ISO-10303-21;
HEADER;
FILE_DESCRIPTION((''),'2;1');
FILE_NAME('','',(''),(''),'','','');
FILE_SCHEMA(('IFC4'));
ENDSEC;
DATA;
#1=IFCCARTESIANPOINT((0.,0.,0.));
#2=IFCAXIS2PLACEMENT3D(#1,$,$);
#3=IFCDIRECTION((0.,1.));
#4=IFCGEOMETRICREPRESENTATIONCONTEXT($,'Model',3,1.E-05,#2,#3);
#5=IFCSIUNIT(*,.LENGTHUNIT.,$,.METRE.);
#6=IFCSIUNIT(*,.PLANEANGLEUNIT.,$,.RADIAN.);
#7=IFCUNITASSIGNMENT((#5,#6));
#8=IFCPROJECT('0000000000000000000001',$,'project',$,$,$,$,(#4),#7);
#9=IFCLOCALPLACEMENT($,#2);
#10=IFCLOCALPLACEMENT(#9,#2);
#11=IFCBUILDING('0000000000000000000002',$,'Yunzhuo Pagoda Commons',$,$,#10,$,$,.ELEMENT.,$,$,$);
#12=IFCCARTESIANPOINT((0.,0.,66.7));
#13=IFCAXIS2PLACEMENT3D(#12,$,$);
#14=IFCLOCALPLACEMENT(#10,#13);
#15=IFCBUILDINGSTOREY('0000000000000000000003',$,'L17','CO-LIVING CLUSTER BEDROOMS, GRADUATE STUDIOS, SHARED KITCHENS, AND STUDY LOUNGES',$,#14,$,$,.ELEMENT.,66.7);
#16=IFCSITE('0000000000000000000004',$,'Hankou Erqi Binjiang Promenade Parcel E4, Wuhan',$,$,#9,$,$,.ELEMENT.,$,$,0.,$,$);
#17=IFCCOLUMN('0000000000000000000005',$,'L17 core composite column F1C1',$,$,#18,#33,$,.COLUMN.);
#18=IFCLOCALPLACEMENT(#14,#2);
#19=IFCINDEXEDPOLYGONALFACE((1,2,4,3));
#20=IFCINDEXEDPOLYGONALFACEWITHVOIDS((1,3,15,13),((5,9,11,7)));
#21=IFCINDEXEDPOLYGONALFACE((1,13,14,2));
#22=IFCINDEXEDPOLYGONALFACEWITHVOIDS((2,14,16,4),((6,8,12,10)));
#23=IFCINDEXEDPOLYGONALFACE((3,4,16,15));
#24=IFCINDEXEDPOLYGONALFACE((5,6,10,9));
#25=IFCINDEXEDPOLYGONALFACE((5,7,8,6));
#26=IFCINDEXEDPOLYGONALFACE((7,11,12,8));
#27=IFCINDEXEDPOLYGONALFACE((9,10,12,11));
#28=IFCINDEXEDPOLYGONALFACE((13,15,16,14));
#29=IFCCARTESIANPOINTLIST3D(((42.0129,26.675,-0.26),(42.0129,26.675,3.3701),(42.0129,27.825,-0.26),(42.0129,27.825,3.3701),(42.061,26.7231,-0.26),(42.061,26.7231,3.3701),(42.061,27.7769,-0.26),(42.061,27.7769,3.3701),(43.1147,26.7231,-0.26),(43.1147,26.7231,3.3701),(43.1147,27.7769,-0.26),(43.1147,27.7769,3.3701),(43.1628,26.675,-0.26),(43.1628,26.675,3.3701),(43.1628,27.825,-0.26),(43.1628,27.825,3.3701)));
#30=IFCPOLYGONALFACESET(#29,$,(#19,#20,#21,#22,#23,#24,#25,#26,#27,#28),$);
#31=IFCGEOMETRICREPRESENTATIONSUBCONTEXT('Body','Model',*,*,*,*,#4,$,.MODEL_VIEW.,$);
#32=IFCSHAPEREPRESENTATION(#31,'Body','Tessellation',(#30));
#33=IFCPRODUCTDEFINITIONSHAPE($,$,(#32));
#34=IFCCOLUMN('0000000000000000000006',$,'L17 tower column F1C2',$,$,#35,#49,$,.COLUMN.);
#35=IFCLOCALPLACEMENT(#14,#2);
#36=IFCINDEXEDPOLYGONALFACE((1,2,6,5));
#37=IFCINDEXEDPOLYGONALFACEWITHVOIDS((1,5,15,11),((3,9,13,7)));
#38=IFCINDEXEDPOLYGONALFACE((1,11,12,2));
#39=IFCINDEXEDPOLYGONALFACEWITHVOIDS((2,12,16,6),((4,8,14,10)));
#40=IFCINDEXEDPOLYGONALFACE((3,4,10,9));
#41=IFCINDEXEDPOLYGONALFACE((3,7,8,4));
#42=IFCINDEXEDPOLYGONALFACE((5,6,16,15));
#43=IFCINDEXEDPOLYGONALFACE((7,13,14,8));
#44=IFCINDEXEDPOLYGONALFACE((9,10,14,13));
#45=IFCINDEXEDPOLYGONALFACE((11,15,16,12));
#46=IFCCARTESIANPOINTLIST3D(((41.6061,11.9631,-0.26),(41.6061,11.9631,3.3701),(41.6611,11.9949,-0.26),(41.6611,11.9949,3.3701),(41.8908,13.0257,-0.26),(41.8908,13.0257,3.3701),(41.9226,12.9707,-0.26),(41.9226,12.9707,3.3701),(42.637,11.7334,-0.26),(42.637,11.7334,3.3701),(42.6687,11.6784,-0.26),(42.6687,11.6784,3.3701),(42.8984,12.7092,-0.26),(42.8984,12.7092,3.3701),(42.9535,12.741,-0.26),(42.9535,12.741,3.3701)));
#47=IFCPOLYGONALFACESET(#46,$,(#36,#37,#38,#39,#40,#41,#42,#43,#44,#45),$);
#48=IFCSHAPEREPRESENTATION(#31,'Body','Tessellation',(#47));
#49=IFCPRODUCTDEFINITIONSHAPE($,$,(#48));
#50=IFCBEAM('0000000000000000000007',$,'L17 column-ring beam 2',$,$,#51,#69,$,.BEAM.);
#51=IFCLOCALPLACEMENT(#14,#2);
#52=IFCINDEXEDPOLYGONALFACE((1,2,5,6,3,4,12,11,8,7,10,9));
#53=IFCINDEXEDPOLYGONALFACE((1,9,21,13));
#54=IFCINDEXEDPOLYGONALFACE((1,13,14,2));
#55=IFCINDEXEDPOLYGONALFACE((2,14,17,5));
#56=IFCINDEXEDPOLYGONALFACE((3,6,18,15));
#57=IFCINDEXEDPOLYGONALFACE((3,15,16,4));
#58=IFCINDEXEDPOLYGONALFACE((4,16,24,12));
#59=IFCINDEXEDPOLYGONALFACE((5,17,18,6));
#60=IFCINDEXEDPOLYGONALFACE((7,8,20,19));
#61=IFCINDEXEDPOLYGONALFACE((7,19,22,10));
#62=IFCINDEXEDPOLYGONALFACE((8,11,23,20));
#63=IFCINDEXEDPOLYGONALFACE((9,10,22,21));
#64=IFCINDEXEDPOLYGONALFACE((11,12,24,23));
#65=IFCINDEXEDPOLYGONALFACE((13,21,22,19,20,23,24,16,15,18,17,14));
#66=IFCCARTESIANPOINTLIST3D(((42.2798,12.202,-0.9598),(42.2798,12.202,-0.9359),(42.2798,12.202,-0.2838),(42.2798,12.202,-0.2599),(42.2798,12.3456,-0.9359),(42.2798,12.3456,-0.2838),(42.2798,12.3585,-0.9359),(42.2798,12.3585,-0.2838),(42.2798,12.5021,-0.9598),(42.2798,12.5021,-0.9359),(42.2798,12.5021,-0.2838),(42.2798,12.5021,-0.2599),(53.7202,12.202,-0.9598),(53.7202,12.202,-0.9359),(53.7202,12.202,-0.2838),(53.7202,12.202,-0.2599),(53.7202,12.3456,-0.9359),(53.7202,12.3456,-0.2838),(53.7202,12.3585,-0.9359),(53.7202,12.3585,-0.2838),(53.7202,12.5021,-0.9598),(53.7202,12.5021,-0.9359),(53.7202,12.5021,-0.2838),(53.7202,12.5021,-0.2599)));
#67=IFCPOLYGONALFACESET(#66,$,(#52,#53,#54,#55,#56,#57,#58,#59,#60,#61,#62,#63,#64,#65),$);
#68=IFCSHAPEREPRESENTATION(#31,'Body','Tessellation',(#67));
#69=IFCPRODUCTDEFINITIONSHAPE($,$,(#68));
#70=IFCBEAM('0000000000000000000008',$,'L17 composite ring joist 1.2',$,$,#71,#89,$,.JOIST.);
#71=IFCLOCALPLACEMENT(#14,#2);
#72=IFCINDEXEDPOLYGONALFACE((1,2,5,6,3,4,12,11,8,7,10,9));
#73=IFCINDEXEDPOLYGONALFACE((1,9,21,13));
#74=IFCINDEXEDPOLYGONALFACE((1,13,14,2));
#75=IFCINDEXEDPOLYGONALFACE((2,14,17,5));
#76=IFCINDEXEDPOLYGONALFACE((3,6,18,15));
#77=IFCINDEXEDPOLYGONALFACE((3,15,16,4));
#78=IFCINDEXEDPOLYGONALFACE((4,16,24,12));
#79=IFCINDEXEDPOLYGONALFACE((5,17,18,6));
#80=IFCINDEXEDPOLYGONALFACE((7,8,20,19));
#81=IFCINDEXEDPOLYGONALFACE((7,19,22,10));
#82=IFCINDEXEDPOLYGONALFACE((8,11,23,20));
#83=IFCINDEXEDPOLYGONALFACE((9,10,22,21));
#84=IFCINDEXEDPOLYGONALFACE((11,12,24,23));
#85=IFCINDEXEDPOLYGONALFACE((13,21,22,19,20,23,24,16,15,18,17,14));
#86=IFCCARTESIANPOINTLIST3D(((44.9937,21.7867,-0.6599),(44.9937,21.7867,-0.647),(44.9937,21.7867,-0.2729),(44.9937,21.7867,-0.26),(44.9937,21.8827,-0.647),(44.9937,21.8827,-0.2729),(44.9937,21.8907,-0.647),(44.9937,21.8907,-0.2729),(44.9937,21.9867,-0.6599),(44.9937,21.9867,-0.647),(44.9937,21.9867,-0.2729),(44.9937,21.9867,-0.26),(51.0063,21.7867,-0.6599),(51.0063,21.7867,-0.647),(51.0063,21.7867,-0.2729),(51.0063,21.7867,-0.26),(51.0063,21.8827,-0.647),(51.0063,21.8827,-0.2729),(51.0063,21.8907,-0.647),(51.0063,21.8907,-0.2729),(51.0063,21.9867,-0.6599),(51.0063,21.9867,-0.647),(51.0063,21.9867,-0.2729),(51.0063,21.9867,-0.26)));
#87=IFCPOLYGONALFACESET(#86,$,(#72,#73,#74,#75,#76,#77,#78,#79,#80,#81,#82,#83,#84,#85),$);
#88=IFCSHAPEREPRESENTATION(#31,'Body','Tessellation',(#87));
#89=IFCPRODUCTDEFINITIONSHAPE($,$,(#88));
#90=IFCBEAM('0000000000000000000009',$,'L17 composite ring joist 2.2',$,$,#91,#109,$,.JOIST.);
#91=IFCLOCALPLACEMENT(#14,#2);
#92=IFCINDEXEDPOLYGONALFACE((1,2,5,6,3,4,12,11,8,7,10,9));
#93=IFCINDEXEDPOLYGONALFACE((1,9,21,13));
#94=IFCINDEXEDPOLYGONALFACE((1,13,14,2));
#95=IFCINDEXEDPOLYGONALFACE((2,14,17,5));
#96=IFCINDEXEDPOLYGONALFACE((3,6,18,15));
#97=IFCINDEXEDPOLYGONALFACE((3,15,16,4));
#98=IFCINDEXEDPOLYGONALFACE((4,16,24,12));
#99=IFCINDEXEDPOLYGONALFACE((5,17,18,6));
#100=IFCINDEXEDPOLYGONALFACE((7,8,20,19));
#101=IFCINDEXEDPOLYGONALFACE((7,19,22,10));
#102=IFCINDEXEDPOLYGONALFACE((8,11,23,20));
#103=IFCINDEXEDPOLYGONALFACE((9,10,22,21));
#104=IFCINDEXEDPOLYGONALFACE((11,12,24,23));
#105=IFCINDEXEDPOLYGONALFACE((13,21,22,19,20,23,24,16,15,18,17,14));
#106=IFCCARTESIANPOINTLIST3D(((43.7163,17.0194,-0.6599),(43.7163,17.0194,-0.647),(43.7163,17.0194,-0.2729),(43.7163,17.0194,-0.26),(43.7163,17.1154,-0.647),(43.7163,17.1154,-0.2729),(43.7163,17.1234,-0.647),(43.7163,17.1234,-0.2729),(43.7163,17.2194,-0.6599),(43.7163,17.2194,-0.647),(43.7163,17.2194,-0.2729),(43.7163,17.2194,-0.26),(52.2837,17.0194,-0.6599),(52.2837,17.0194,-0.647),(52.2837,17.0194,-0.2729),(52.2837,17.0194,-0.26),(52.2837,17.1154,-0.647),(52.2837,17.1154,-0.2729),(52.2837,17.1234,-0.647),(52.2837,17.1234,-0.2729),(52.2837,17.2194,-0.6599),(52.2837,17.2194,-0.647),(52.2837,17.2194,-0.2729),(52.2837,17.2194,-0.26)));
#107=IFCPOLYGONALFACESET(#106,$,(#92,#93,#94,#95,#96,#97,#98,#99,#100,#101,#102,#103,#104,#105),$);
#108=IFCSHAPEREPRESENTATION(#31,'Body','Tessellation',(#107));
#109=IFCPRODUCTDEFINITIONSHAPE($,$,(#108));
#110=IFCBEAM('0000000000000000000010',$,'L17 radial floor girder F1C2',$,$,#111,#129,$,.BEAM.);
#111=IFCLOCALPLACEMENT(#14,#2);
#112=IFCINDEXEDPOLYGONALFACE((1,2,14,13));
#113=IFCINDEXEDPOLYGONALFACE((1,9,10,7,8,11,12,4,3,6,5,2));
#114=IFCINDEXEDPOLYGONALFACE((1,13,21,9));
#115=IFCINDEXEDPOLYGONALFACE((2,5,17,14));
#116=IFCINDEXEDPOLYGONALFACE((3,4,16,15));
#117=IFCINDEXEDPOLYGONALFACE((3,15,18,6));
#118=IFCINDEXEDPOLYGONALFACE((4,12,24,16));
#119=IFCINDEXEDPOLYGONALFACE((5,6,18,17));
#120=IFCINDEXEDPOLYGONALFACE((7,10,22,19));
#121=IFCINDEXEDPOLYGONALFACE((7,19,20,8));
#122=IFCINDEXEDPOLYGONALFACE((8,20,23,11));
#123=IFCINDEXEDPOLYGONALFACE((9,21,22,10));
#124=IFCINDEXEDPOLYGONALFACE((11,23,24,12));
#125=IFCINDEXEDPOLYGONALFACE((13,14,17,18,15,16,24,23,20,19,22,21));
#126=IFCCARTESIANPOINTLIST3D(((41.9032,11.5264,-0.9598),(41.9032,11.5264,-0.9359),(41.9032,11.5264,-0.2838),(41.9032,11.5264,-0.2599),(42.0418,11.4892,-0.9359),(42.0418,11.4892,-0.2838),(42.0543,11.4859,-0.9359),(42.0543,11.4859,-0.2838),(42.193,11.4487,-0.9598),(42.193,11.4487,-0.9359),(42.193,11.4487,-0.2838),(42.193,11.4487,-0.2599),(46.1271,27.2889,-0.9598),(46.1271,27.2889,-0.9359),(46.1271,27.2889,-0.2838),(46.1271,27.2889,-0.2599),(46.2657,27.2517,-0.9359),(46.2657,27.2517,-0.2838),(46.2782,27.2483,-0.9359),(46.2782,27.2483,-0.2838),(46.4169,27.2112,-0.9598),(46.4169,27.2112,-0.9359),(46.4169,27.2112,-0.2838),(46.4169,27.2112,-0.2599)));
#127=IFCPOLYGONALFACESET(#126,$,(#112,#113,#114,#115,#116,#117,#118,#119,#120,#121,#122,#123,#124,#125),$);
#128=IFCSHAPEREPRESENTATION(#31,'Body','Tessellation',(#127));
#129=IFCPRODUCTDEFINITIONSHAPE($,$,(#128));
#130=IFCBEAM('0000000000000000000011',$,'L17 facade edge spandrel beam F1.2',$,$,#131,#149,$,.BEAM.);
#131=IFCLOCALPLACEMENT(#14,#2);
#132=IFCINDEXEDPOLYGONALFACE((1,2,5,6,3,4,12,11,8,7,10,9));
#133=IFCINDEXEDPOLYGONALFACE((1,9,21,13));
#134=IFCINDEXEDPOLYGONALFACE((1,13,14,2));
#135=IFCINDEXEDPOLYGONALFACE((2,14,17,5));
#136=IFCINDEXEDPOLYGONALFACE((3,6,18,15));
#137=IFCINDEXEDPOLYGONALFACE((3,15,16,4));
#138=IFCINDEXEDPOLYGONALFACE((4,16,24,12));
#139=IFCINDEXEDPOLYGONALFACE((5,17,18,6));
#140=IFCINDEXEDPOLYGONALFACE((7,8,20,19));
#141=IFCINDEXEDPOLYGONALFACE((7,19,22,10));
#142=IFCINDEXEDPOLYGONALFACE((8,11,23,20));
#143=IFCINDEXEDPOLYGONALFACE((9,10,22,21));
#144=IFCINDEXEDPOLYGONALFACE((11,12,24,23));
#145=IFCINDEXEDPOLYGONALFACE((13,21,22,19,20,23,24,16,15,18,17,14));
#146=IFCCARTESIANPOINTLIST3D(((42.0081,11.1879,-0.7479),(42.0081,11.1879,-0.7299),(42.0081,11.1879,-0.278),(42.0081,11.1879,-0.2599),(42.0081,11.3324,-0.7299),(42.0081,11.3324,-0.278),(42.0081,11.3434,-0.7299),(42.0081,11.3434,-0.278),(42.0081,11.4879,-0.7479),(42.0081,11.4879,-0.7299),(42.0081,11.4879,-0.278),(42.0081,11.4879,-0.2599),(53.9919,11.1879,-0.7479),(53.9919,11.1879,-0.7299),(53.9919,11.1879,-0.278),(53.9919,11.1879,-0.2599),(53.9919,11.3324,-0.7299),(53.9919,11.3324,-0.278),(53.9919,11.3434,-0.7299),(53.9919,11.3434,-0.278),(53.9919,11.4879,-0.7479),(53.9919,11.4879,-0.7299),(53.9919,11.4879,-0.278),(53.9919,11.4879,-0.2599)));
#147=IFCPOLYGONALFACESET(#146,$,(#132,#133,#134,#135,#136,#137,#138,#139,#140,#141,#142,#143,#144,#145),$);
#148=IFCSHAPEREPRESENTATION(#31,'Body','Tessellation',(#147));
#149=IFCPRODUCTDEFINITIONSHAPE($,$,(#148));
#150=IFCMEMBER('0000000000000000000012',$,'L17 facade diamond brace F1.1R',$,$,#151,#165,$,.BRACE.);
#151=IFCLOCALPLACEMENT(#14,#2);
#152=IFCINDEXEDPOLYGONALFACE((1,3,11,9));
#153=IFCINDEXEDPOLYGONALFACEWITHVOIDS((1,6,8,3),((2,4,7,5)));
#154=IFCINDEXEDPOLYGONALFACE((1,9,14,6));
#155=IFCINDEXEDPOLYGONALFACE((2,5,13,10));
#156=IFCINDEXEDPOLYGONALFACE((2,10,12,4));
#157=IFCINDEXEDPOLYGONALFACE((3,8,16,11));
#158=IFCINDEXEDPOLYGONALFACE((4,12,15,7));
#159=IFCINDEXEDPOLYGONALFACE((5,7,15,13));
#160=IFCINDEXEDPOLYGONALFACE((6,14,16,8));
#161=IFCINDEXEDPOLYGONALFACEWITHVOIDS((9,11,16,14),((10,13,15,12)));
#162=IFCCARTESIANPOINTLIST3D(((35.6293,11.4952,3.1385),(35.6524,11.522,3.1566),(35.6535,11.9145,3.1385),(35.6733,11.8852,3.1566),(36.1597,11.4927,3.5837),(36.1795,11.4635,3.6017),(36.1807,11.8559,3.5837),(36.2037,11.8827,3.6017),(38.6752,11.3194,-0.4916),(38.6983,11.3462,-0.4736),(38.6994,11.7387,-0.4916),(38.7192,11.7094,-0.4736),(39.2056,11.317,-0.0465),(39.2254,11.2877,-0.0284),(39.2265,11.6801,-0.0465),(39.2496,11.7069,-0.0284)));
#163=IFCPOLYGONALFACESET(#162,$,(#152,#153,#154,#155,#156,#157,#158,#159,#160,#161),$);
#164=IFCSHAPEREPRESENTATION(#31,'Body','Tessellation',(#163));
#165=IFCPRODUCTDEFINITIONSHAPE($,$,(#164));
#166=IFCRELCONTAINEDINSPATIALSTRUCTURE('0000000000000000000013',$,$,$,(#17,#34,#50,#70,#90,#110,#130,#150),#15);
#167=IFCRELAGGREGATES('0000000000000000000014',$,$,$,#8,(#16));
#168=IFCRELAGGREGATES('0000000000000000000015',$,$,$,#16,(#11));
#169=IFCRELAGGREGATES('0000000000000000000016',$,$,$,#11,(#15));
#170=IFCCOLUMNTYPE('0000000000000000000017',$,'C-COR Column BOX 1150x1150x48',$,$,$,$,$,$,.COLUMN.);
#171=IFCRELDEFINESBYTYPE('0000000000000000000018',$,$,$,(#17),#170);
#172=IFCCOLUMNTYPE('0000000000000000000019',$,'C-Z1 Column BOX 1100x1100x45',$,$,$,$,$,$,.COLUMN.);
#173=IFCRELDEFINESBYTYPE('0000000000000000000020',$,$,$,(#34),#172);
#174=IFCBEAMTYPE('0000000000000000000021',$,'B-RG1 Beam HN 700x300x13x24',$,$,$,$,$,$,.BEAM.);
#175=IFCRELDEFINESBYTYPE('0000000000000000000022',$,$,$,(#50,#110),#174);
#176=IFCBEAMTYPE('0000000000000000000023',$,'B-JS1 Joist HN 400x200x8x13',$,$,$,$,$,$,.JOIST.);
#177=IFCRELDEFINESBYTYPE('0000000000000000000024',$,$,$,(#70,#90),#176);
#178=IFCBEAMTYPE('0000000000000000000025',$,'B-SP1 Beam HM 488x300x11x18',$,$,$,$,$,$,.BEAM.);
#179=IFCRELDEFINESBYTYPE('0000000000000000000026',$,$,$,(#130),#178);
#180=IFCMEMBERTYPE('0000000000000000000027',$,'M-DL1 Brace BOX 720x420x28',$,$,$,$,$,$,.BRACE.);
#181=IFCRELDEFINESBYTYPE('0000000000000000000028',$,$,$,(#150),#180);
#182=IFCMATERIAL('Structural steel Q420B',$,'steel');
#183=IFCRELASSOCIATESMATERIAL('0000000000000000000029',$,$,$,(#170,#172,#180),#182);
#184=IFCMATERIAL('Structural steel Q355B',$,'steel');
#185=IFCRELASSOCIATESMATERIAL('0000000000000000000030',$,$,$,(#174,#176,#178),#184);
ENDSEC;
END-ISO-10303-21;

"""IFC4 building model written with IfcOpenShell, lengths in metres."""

from ifc_helpers import new_model, si_unit, direction, frame, origin, origin_2d, place, context, subcontext, project, spatial, hollow_rectangle, i_section, extrude, source, transform, mapped, material, material_profile, profile_set, type_object, element, save


model = new_model("IFC4")

# Units and contexts
model_context = context("Model", 3, precision=1e-05, world=origin(), true_north=direction((0.0, 1.0)))
body_context = subcontext(model_context, "Body", "Model", "MODEL_VIEW")
ifc_project = project(units=[si_unit("LENGTHUNIT", "METRE"), si_unit("PLANEANGLEUNIT", "RADIAN")], contexts=[model_context])

# Site, building, storey
site_placement = place(None, origin())
site = spatial("IfcSite", under=ifc_project, at=site_placement, Name="Hankou Erqi Binjiang Promenade Parcel E4, Wuhan", CompositionType="ELEMENT", RefElevation=0.0)
building_placement = place(site_placement, origin())
building = spatial("IfcBuilding", under=site, at=building_placement, Name="Yunzhuo Pagoda Commons", CompositionType="ELEMENT")
storey_placement = place(building_placement, frame((0.0, 0.0, 66.7)))
storey = spatial("IfcBuildingStorey", under=building, at=storey_placement, Name="L17", Description="CO-LIVING CLUSTER BEDROOMS, GRADUATE STUDIOS, SHARED KITCHENS, AND STUDY LOUNGES", CompositionType="ELEMENT", Elevation=66.7)

# Columns
ifc_material_1 = material(Name="Structural steel Q420B", Category="steel")
ifc_material_profile_1 = material_profile(ifc_material_1, hollow_rectangle(XDim=1.1499, YDim=1.1499, WallThickness=0.0481, at=origin_2d()), Name="Structural steel Q420B")
ifc_profile_set_1 = profile_set([ifc_material_profile_1], Name="Structural steel Q420B")
column_type_1 = type_object("IfcColumnType", Name="C-COR Column BOX 1150x1150x48", PredefinedType="COLUMN", material=ifc_profile_set_1)
shared_shape_1 = source(origin(), body_context, "Body", "SweptSolid", [
    extrude(hollow_rectangle(XDim=1.1499, YDim=1.1499, WallThickness=0.0481, at=origin_2d()), origin(), (0.0, 0.0, 1.0), 3.6301),
])
column_1_placement = place(storey_placement, frame((42.5879, 27.25, -0.26), z_axis=(0.0, 0.0, 1.0), x_axis=(1.0, 0.0, 0.0)))
element("IfcColumn", 1, at=column_1_placement, inside=storey, type_object=column_type_1, Name="L17 core composite column F1C1", PredefinedType="COLUMN", context=body_context, shape_type="MappedRepresentation", body=[
    mapped(shared_shape_1, transform((0.0, 0.0, 0.0), scale=1.0)),
])
ifc_material_profile_2 = material_profile(ifc_material_1, hollow_rectangle(XDim=1.1001, YDim=1.1001, WallThickness=0.0449, at=origin_2d()), Name="Structural steel Q420B")
ifc_profile_set_2 = profile_set([ifc_material_profile_2], Name="Structural steel Q420B")
column_type_2 = type_object("IfcColumnType", Name="C-Z1 Column BOX 1100x1100x45", PredefinedType="COLUMN", material=ifc_profile_set_2)
shared_shape_2 = source(origin(), body_context, "Body", "SweptSolid", [
    extrude(hollow_rectangle(XDim=1.1001, YDim=1.1001, WallThickness=0.0449, at=origin_2d()), origin(), (0.0, 0.0, 1.0), 3.6301),
])
column_2_placement = place(storey_placement, frame((42.2798, 12.3521, -0.26), z_axis=(0.0, 0.0, 1.0), x_axis=(0.965926, -0.258819, 0.0)))
element("IfcColumn", 2, at=column_2_placement, inside=storey, type_object=column_type_2, Name="L17 tower column F1C2", PredefinedType="COLUMN", context=body_context, shape_type="MappedRepresentation", body=[
    mapped(shared_shape_2, transform((0.0, 0.0, 0.0), scale=1.0)),
])

# Beams
ifc_material_2 = material(Name="Structural steel Q355B", Category="steel")
ifc_material_profile_3 = material_profile(ifc_material_2, i_section(OverallWidth=0.3, OverallDepth=0.7, WebThickness=0.0129, FlangeThickness=0.0239, at=origin_2d()), Name="Structural steel Q355B")
ifc_profile_set_3 = profile_set([ifc_material_profile_3], Name="Structural steel Q355B")
beam_type_1 = type_object("IfcBeamType", Name="B-RG1 Beam HN 700x300x13x24", PredefinedType="BEAM", material=ifc_profile_set_3)
shared_shape_3 = source(origin(), body_context, "Body", "SweptSolid", [
    extrude(i_section(OverallWidth=0.3, OverallDepth=0.7, WebThickness=0.0129, FlangeThickness=0.0239, at=origin_2d()), origin(), (0.0, 0.0, 1.0), 11.4404),
])
beam_1_placement = place(storey_placement, frame((42.2798, 12.3521, -0.6099), z_axis=(1.0, 0.0, 0.0), x_axis=(0.0, 1.0, 0.0)))
element("IfcBeam", 3, at=beam_1_placement, inside=storey, type_object=beam_type_1, Name="L17 column-ring beam 2", PredefinedType="BEAM", context=body_context, shape_type="MappedRepresentation", body=[
    mapped(shared_shape_3, transform((0.0, 0.0, 0.0), scale=1.0)),
])
ifc_material_profile_4 = material_profile(ifc_material_2, i_section(OverallWidth=0.2, OverallDepth=0.3999, WebThickness=0.0081, FlangeThickness=0.0129, at=origin_2d()), Name="Structural steel Q355B")
ifc_profile_set_4 = profile_set([ifc_material_profile_4], Name="Structural steel Q355B")
beam_type_2 = type_object("IfcBeamType", Name="B-JS1 Joist HN 400x200x8x13", PredefinedType="JOIST", material=ifc_profile_set_4)
shared_shape_4 = source(origin(), body_context, "Body", "SweptSolid", [
    extrude(i_section(OverallWidth=0.2, OverallDepth=0.3999, WebThickness=0.0081, FlangeThickness=0.0129, at=origin_2d()), origin(), (0.0, 0.0, 1.0), 6.0127),
])
beam_2_placement = place(storey_placement, frame((44.9937, 21.8867, -0.46), z_axis=(1.0, 0.0, 0.0), x_axis=(0.0, 1.0, 0.0)))
element("IfcBeam", 4, at=beam_2_placement, inside=storey, type_object=beam_type_2, Name="L17 composite ring joist 1.2", PredefinedType="JOIST", context=body_context, shape_type="MappedRepresentation", body=[
    mapped(shared_shape_4, transform((0.0, 0.0, 0.0), scale=1.0)),
])
shared_shape_5 = source(origin(), body_context, "Body", "SweptSolid", [
    extrude(i_section(OverallWidth=0.2, OverallDepth=0.3999, WebThickness=0.0081, FlangeThickness=0.0129, at=origin_2d()), origin(), (0.0, 0.0, 1.0), 8.5674),
])
beam_3_placement = place(storey_placement, frame((43.7163, 17.1194, -0.46), z_axis=(1.0, 0.0, 0.0), x_axis=(0.0, 1.0, 0.0)))
element("IfcBeam", 5, at=beam_3_placement, inside=storey, type_object=beam_type_2, Name="L17 composite ring joist 2.2", PredefinedType="JOIST", context=body_context, shape_type="MappedRepresentation", body=[
    mapped(shared_shape_5, transform((0.0, 0.0, 0.0), scale=1.0)),
])
shared_shape_6 = source(origin(), body_context, "Body", "SweptSolid", [
    extrude(i_section(OverallWidth=0.3, OverallDepth=0.7, WebThickness=0.0129, FlangeThickness=0.0239, at=origin_2d()), origin(), (0.0, 0.0, 1.0), 16.3186),
])
beam_4_placement = place(storey_placement, frame((42.0481, 11.4875, -0.6099), z_axis=(0.258839, 0.965921, 0.0), x_axis=(-0.965921, 0.258839, 0.0)))
element("IfcBeam", 6, at=beam_4_placement, inside=storey, type_object=beam_type_1, Name="L17 radial floor girder F1C2", PredefinedType="BEAM", context=body_context, shape_type="MappedRepresentation", body=[
    mapped(shared_shape_6, transform((0.0, 0.0, 0.0), scale=1.0)),
])
ifc_material_profile_5 = material_profile(ifc_material_2, i_section(OverallWidth=0.3, OverallDepth=0.488, WebThickness=0.011, FlangeThickness=0.0181, at=origin_2d()), Name="Structural steel Q355B")
ifc_profile_set_5 = profile_set([ifc_material_profile_5], Name="Structural steel Q355B")
beam_type_3 = type_object("IfcBeamType", Name="B-SP1 Beam HM 488x300x11x18", PredefinedType="BEAM", material=ifc_profile_set_5)
shared_shape_7 = source(origin(), body_context, "Body", "SweptSolid", [
    extrude(i_section(OverallWidth=0.3, OverallDepth=0.488, WebThickness=0.011, FlangeThickness=0.0181, at=origin_2d()), origin(), (0.0, 0.0, 1.0), 11.9839),
])
beam_5_placement = place(storey_placement, frame((42.0081, 11.3379, -0.5039), z_axis=(1.0, 0.0, 0.0), x_axis=(0.0, 1.0, 0.0)))
element("IfcBeam", 7, at=beam_5_placement, inside=storey, type_object=beam_type_3, Name="L17 facade edge spandrel beam F1.2", PredefinedType="BEAM", context=body_context, shape_type="MappedRepresentation", body=[
    mapped(shared_shape_7, transform((0.0, 0.0, 0.0), scale=1.0)),
])

# Member
ifc_material_profile_6 = material_profile(ifc_material_1, hollow_rectangle(XDim=0.4199, YDim=0.72, WallThickness=0.0281, at=origin_2d()), Name="Structural steel Q420B")
ifc_profile_set_6 = profile_set([ifc_material_profile_6], Name="Structural steel Q420B")
member_type_1 = type_object("IfcMemberType", Name="M-DL1 Brace BOX 720x420x28", PredefinedType="BRACE", material=ifc_profile_set_6)
shared_shape_8 = source(origin(), body_context, "Body", "SweptSolid", [
    extrude(hollow_rectangle(XDim=0.4199, YDim=0.72, WallThickness=0.0281, at=origin_2d()), origin(), (0.0, 0.0, 1.0), 4.7419),
])
member_1_placement = place(storey_placement, frame((38.9624, 11.5132, -0.26), z_axis=(-0.642329, 0.037069, 0.765532), x_axis=(-0.057615, -0.998339, 0.0)))
element("IfcMember", 8, at=member_1_placement, inside=storey, type_object=member_type_1, Name="L17 facade diamond brace F1.1R", PredefinedType="BRACE", context=body_context, shape_type="MappedRepresentation", body=[
    mapped(shared_shape_8, transform((0.0, 0.0, 0.0), scale=1.0)),
])

save(model, "model.ifc")
